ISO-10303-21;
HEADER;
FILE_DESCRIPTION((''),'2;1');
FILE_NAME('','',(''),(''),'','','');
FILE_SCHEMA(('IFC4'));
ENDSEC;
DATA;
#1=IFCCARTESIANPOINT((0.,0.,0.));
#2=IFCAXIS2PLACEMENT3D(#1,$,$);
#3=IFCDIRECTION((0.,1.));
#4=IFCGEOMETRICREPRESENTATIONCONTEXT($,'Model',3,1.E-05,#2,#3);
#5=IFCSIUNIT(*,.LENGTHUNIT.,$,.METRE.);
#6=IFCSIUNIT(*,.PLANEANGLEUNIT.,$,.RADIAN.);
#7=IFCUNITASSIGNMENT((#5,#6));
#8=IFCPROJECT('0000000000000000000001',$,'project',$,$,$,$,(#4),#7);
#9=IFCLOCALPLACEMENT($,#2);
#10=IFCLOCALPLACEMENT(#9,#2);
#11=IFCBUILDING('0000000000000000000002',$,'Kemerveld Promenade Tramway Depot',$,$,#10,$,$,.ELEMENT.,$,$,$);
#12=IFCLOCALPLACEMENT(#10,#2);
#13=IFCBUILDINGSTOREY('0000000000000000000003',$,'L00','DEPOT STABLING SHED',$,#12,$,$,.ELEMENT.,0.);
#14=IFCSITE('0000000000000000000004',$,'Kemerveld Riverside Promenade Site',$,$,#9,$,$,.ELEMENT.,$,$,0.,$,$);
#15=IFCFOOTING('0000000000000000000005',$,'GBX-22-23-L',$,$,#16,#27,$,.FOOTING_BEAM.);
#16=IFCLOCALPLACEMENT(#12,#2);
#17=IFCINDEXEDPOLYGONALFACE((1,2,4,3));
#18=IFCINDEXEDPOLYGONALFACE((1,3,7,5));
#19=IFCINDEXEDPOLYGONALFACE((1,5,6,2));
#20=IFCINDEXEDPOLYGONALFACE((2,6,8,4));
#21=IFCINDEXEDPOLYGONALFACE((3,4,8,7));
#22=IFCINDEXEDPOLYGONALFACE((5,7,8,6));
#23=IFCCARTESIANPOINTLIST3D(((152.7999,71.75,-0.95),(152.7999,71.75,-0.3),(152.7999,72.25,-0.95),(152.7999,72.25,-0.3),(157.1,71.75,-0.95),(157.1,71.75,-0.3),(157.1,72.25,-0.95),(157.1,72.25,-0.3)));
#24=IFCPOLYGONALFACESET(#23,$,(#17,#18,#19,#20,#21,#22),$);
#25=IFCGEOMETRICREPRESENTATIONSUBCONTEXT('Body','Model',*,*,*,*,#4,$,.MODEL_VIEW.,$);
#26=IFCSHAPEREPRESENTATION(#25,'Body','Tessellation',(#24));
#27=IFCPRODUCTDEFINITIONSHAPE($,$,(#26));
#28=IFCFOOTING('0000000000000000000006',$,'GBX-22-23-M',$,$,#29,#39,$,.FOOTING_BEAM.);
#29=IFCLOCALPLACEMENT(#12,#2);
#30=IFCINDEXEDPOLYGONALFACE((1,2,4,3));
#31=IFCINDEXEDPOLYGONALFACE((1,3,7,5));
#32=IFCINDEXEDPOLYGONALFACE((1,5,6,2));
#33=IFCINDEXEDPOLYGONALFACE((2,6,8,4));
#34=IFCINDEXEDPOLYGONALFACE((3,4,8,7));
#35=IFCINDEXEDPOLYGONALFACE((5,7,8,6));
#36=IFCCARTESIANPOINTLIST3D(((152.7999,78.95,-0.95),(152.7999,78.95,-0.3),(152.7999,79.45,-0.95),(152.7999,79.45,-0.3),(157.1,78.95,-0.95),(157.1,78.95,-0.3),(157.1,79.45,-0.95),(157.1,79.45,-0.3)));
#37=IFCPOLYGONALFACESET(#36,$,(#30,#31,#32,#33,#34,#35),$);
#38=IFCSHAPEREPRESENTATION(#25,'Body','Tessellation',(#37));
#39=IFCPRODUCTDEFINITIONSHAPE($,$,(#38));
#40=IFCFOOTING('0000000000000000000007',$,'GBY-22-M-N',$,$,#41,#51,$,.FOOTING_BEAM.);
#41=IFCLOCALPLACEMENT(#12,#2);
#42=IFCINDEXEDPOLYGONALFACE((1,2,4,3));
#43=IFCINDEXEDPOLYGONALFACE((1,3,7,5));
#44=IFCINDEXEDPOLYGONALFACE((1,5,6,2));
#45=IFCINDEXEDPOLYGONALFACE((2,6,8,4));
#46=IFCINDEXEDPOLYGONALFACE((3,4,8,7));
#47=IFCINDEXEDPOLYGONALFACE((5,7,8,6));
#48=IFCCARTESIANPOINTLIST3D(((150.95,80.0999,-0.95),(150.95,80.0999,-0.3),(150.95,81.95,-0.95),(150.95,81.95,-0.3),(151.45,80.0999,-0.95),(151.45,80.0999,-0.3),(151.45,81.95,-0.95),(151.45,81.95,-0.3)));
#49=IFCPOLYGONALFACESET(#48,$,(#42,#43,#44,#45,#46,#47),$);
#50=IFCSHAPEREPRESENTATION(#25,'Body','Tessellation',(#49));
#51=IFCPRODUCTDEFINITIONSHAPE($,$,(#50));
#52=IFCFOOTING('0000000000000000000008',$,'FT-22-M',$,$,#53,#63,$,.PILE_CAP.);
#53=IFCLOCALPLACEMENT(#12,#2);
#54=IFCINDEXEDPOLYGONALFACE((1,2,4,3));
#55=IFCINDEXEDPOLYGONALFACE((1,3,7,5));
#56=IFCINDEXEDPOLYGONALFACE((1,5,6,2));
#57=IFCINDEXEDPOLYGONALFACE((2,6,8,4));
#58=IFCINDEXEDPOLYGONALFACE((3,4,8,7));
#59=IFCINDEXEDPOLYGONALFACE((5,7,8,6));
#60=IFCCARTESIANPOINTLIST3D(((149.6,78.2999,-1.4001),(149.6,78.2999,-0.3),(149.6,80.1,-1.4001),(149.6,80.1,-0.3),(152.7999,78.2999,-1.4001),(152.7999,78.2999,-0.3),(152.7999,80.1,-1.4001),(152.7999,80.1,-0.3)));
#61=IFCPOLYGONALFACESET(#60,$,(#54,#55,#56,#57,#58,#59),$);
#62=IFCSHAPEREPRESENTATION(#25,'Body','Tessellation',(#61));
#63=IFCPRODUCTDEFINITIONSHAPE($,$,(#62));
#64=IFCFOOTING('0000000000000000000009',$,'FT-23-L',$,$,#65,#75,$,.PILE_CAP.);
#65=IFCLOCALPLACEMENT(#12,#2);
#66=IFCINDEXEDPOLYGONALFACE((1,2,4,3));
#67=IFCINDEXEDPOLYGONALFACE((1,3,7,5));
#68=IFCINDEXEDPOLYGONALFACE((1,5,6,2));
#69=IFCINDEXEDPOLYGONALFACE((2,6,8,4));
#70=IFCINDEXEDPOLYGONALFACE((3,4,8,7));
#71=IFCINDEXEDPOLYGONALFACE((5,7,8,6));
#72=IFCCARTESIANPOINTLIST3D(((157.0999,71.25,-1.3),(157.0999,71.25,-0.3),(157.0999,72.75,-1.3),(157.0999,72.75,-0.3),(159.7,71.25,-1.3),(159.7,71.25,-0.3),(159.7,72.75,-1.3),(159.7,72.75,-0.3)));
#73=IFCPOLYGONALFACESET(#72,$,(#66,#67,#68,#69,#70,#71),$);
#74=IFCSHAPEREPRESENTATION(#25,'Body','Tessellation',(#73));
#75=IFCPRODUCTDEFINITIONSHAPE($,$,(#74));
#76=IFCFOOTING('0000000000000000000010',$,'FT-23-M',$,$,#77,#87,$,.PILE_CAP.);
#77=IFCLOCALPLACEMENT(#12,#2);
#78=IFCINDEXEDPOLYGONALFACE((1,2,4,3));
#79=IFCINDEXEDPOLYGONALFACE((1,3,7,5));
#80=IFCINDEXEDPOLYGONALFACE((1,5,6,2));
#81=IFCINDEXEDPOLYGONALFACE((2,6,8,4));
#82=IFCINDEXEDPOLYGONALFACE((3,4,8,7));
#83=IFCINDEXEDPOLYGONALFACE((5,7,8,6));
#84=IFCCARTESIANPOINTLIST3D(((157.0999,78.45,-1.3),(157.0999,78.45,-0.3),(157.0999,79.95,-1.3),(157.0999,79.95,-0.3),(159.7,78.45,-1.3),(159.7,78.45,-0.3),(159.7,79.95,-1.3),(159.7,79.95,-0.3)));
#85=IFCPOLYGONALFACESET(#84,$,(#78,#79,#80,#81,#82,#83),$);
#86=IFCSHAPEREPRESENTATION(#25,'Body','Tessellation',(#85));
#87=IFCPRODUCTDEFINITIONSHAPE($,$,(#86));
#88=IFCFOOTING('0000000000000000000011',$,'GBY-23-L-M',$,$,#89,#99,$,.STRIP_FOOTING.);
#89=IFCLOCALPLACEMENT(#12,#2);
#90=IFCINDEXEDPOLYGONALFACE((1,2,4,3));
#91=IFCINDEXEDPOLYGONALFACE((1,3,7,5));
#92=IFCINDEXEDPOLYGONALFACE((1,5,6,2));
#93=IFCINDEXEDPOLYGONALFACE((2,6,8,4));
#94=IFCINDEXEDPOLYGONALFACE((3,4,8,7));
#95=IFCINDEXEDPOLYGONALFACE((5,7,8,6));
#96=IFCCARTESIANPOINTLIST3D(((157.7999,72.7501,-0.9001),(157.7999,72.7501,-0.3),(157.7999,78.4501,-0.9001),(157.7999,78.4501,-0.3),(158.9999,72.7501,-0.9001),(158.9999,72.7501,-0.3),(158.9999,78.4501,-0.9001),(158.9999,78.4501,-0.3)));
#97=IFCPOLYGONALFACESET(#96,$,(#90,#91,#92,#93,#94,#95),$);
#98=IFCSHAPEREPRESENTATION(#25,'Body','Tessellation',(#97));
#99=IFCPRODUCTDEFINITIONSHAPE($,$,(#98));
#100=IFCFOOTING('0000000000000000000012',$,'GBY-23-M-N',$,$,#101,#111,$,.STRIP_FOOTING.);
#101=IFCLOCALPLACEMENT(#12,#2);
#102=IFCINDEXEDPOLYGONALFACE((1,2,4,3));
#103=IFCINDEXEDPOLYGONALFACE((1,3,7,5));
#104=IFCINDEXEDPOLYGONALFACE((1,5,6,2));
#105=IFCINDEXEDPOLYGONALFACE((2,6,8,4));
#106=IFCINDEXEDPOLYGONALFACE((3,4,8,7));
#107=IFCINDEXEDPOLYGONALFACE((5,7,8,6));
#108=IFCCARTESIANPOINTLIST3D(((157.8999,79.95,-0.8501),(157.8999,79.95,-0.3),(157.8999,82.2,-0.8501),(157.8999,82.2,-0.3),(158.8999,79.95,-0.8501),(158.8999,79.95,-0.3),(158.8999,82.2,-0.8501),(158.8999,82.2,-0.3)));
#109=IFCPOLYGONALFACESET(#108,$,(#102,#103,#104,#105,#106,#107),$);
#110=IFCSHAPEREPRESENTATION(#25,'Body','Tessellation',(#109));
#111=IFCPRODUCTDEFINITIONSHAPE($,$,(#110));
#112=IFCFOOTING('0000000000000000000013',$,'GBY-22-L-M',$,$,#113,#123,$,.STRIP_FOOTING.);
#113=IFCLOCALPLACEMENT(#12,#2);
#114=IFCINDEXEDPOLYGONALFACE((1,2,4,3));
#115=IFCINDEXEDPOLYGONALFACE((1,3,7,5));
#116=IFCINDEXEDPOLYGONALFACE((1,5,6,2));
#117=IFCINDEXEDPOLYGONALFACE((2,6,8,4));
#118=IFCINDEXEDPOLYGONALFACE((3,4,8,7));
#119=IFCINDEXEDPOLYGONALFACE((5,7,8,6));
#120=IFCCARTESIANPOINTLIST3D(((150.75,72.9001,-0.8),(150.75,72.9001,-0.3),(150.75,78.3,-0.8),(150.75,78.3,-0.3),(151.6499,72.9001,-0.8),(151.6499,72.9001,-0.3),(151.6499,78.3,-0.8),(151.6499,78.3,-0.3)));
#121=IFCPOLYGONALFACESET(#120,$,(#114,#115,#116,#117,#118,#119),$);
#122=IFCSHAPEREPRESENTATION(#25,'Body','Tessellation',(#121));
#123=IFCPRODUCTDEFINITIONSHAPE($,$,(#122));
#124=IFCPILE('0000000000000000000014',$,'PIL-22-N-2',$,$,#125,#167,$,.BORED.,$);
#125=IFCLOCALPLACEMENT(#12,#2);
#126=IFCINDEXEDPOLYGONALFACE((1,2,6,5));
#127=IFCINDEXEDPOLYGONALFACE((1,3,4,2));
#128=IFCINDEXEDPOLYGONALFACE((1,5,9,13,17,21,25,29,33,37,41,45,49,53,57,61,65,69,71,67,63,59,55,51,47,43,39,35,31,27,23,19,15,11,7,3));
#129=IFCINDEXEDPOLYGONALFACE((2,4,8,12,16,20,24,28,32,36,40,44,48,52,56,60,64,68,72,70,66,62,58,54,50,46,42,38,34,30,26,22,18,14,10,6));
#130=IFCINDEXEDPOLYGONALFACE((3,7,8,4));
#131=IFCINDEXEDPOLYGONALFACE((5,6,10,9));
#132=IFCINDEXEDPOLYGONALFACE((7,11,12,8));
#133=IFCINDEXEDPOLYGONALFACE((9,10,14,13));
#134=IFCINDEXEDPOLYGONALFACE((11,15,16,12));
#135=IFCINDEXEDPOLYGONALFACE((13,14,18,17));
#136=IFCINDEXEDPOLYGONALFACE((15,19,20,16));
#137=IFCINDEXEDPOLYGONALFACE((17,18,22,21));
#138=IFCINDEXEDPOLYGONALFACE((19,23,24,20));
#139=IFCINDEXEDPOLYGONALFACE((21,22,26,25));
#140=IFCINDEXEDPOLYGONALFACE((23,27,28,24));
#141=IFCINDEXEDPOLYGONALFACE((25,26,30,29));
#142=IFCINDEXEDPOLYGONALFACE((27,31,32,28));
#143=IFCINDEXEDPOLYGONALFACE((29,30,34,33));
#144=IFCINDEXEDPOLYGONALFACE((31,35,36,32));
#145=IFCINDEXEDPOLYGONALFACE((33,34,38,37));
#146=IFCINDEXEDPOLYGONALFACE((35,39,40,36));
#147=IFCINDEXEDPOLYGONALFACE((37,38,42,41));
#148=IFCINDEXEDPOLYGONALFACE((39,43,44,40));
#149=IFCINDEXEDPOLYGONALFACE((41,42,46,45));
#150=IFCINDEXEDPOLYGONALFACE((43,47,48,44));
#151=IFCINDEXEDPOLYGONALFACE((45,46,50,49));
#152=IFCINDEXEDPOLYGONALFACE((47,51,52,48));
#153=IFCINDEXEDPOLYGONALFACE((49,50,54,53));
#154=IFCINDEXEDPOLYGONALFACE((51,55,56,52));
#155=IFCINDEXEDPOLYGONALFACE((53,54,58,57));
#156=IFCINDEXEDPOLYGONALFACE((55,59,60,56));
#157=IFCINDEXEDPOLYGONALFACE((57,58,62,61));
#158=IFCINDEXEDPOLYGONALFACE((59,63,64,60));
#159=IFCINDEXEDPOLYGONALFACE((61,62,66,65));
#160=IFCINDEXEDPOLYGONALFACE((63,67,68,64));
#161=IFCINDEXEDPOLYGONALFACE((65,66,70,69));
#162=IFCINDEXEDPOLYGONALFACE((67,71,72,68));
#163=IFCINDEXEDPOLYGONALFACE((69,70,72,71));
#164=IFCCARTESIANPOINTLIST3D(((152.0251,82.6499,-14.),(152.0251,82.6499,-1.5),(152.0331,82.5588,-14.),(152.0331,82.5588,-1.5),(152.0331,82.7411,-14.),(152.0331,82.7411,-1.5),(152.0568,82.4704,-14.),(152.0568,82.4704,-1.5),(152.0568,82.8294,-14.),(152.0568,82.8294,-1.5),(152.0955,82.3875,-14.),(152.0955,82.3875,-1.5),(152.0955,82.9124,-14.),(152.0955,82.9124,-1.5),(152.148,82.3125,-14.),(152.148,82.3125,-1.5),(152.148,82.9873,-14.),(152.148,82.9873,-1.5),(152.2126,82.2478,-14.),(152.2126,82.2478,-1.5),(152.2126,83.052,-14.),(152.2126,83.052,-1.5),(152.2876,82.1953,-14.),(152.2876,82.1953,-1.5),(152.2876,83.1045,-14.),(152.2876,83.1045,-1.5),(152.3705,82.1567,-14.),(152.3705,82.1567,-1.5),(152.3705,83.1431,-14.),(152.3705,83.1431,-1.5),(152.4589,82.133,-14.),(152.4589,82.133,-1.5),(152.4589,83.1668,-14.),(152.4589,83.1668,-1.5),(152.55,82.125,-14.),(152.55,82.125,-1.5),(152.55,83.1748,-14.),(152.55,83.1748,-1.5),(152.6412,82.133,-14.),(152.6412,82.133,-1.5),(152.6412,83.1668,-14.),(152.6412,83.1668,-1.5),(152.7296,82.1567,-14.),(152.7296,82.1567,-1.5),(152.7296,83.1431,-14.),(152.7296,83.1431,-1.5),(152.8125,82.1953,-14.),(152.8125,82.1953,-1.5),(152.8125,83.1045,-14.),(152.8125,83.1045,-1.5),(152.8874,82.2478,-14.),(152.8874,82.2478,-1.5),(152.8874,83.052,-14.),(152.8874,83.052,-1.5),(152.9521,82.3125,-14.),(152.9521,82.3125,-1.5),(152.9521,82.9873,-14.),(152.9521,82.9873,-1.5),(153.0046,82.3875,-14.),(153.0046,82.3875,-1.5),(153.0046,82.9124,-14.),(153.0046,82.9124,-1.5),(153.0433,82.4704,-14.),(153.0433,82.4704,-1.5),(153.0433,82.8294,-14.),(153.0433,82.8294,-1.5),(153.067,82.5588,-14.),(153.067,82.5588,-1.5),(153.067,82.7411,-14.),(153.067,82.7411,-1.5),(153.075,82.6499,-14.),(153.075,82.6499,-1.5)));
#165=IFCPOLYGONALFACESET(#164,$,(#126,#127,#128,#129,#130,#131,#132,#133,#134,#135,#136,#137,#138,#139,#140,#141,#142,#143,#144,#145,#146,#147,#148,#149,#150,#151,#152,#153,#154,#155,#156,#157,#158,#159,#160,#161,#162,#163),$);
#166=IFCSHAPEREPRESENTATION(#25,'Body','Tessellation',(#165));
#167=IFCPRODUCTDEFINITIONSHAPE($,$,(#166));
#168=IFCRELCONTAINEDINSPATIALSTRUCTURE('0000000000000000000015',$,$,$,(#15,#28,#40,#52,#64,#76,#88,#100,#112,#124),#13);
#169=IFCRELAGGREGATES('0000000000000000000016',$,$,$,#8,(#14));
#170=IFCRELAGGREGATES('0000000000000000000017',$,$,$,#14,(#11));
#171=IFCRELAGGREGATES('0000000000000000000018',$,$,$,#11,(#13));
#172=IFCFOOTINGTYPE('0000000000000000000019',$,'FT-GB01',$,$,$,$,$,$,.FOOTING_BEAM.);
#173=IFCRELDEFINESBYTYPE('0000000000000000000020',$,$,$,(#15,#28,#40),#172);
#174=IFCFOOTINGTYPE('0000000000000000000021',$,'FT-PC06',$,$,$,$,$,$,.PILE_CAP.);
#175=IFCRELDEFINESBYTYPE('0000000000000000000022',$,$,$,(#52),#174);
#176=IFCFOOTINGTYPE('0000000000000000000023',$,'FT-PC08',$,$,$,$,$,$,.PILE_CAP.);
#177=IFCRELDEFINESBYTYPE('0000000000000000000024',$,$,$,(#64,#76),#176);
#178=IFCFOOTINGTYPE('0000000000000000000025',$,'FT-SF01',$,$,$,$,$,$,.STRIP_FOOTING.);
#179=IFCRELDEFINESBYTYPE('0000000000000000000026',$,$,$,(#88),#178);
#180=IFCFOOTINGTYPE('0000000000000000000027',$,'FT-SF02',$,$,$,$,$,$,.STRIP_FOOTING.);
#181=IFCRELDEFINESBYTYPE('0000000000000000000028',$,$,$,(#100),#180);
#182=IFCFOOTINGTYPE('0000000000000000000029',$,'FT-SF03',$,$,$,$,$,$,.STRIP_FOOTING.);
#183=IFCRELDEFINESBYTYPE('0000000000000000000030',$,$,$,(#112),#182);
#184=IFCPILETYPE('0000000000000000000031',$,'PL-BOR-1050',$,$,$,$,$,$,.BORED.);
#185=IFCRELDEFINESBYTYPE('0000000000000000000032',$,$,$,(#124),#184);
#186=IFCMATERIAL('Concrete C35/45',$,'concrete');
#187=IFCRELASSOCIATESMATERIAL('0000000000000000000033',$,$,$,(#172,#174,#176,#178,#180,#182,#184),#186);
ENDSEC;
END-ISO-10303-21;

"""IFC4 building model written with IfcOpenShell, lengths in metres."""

from ifc_helpers import new_model, si_unit, direction, frame, origin, origin_2d, place, context, subcontext, project, spatial, rectangle, circle, extrude, material, material_profile, profile_set, type_object, element, save


model = new_model("IFC4")

# Units and contexts
model_context = context("Model", 3, precision=1e-05, world=origin(), true_north=direction((0.0, 1.0)))
body_context = subcontext(model_context, "Body", "Model", "MODEL_VIEW")
ifc_project = project(units=[si_unit("LENGTHUNIT", "METRE"), si_unit("PLANEANGLEUNIT", "RADIAN")], contexts=[model_context])

# Site, building, storey
site_placement = place(None, origin())
site = spatial("IfcSite", under=ifc_project, at=site_placement, Name="Kemerveld Riverside Promenade Site", CompositionType="ELEMENT", RefElevation=0.0)
building_placement = place(site_placement, origin())
building = spatial("IfcBuilding", under=site, at=building_placement, Name="Kemerveld Promenade Tramway Depot", CompositionType="ELEMENT")
storey_placement = place(building_placement, origin())
storey = spatial("IfcBuildingStorey", under=building, at=storey_placement, Name="L00", Description="DEPOT STABLING SHED", CompositionType="ELEMENT", Elevation=0.0)

# Footings
ifc_material_1 = material(Name="Concrete C35/45", Category="concrete")
footing_type_1 = type_object("IfcFootingType", Name="FT-GB01", PredefinedType="FOOTING_BEAM", material=ifc_material_1)
for number, where, z_axis, x_axis, name in (
    (1, (154.95, 72.0, -0.95), (0.0, 0.0, 1.0), (1.0, 0.0, 0.0), "GBX-22-23-L"),
    (2, (154.95, 79.2, -0.95), (0.0, 0.0, 1.0), (1.0, 0.0, 0.0), "GBX-22-23-M"),
):
    element("IfcFooting", number, at=place(storey_placement, frame(where, z_axis=z_axis, x_axis=x_axis)), inside=storey, type_object=footing_type_1, Name=name, PredefinedType="FOOTING_BEAM", context=body_context, shape_type="SweptSolid", body=[
        extrude(rectangle(XDim=4.3, YDim=0.5, at=origin_2d()), origin(), (0.0, 0.0, 1.0), 0.6499),
    ])
footing_1_placement = place(storey_placement, frame((151.2, 81.0249, -0.95), z_axis=(0.0, 0.0, 1.0), x_axis=(0.0, 1.0, 0.0)))
element("IfcFooting", 3, at=footing_1_placement, inside=storey, type_object=footing_type_1, Name="GBY-22-M-N", PredefinedType="FOOTING_BEAM", context=body_context, shape_type="SweptSolid", body=[
    extrude(rectangle(XDim=1.8501, YDim=0.5, at=origin_2d()), origin(), (0.0, 0.0, 1.0), 0.6499),
])
footing_type_2 = type_object("IfcFootingType", Name="FT-PC06", PredefinedType="PILE_CAP", material=ifc_material_1)
footing_2_placement = place(storey_placement, frame((151.2, 79.2, -1.4001), z_axis=(0.0, 0.0, 1.0), x_axis=(1.0, 0.0, 0.0)))
element("IfcFooting", 4, at=footing_2_placement, inside=storey, type_object=footing_type_2, Name="FT-22-M", PredefinedType="PILE_CAP", context=body_context, shape_type="SweptSolid", body=[
    extrude(rectangle(XDim=3.2, YDim=1.8, at=origin_2d()), origin(), (0.0, 0.0, 1.0), 1.1001),
])
footing_type_3 = type_object("IfcFootingType", Name="FT-PC08", PredefinedType="PILE_CAP", material=ifc_material_1)
for number, where, z_axis, x_axis, name in (
    (5, (158.3999, 72.0, -1.3), (0.0, 0.0, 1.0), (1.0, 0.0, 0.0), "FT-23-L"),
    (6, (158.3999, 79.2, -1.3), (0.0, 0.0, 1.0), (1.0, 0.0, 0.0), "FT-23-M"),
):
    element("IfcFooting", number, at=place(storey_placement, frame(where, z_axis=z_axis, x_axis=x_axis)), inside=storey, type_object=footing_type_3, Name=name, PredefinedType="PILE_CAP", context=body_context, shape_type="SweptSolid", body=[
        extrude(rectangle(XDim=2.6001, YDim=1.5, at=origin_2d()), origin(), (0.0, 0.0, 1.0), 1.0),
    ])
footing_type_4 = type_object("IfcFootingType", Name="FT-SF01", PredefinedType="STRIP_FOOTING", material=ifc_material_1)
footing_3_placement = place(storey_placement, frame((158.3999, 75.6001, -0.9001), z_axis=(0.0, 0.0, 1.0), x_axis=(0.0, 1.0, 0.0)))
element("IfcFooting", 7, at=footing_3_placement, inside=storey, type_object=footing_type_4, Name="GBY-23-L-M", PredefinedType="STRIP_FOOTING", context=body_context, shape_type="SweptSolid", body=[
    extrude(rectangle(XDim=5.7, YDim=1.2, at=origin_2d()), origin(), (0.0, 0.0, 1.0), 0.6001),
])
footing_type_5 = type_object("IfcFootingType", Name="FT-SF02", PredefinedType="STRIP_FOOTING", material=ifc_material_1)
footing_4_placement = place(storey_placement, frame((158.3999, 81.075, -0.8501), z_axis=(0.0, 0.0, 1.0), x_axis=(0.0, 1.0, 0.0)))
element("IfcFooting", 8, at=footing_4_placement, inside=storey, type_object=footing_type_5, Name="GBY-23-M-N", PredefinedType="STRIP_FOOTING", context=body_context, shape_type="SweptSolid", body=[
    extrude(rectangle(XDim=2.25, YDim=1.0, at=origin_2d()), origin(), (0.0, 0.0, 1.0), 0.55),
])
footing_type_6 = type_object("IfcFootingType", Name="FT-SF03", PredefinedType="STRIP_FOOTING", material=ifc_material_1)
footing_5_placement = place(storey_placement, frame((151.2, 75.6001, -0.8), z_axis=(0.0, 0.0, 1.0), x_axis=(0.0, 1.0, 0.0)))
element("IfcFooting", 9, at=footing_5_placement, inside=storey, type_object=footing_type_6, Name="GBY-22-L-M", PredefinedType="STRIP_FOOTING", context=body_context, shape_type="SweptSolid", body=[
    extrude(rectangle(XDim=5.3999, YDim=0.8999, at=origin_2d()), origin(), (0.0, 0.0, 1.0), 0.5),
])

# Pile
ifc_material_profile_1 = material_profile(ifc_material_1, circle(Radius=0.5249, at=origin_2d()), Name="PILE-D1050")
ifc_profile_set_1 = profile_set([ifc_material_profile_1], Name="Concrete C35/45")
pile_type_1 = type_object("IfcPileType", Name="PL-BOR-1050", PredefinedType="BORED", material=ifc_profile_set_1)
pile_placement = place(storey_placement, frame((152.55, 82.6499, -1.5), z_axis=(0.0, 0.0, -1.0), x_axis=(1.0, 0.0, 0.0)))
element("IfcPile", 10, at=pile_placement, inside=storey, type_object=pile_type_1, Name="PIL-22-N-2", PredefinedType="BORED", context=body_context, shape_type="SweptSolid", body=[
    extrude(circle(Radius=0.5249, at=origin_2d()), origin(), (0.0, 0.0, 1.0), 12.5),
])

save(model, "model.ifc")
